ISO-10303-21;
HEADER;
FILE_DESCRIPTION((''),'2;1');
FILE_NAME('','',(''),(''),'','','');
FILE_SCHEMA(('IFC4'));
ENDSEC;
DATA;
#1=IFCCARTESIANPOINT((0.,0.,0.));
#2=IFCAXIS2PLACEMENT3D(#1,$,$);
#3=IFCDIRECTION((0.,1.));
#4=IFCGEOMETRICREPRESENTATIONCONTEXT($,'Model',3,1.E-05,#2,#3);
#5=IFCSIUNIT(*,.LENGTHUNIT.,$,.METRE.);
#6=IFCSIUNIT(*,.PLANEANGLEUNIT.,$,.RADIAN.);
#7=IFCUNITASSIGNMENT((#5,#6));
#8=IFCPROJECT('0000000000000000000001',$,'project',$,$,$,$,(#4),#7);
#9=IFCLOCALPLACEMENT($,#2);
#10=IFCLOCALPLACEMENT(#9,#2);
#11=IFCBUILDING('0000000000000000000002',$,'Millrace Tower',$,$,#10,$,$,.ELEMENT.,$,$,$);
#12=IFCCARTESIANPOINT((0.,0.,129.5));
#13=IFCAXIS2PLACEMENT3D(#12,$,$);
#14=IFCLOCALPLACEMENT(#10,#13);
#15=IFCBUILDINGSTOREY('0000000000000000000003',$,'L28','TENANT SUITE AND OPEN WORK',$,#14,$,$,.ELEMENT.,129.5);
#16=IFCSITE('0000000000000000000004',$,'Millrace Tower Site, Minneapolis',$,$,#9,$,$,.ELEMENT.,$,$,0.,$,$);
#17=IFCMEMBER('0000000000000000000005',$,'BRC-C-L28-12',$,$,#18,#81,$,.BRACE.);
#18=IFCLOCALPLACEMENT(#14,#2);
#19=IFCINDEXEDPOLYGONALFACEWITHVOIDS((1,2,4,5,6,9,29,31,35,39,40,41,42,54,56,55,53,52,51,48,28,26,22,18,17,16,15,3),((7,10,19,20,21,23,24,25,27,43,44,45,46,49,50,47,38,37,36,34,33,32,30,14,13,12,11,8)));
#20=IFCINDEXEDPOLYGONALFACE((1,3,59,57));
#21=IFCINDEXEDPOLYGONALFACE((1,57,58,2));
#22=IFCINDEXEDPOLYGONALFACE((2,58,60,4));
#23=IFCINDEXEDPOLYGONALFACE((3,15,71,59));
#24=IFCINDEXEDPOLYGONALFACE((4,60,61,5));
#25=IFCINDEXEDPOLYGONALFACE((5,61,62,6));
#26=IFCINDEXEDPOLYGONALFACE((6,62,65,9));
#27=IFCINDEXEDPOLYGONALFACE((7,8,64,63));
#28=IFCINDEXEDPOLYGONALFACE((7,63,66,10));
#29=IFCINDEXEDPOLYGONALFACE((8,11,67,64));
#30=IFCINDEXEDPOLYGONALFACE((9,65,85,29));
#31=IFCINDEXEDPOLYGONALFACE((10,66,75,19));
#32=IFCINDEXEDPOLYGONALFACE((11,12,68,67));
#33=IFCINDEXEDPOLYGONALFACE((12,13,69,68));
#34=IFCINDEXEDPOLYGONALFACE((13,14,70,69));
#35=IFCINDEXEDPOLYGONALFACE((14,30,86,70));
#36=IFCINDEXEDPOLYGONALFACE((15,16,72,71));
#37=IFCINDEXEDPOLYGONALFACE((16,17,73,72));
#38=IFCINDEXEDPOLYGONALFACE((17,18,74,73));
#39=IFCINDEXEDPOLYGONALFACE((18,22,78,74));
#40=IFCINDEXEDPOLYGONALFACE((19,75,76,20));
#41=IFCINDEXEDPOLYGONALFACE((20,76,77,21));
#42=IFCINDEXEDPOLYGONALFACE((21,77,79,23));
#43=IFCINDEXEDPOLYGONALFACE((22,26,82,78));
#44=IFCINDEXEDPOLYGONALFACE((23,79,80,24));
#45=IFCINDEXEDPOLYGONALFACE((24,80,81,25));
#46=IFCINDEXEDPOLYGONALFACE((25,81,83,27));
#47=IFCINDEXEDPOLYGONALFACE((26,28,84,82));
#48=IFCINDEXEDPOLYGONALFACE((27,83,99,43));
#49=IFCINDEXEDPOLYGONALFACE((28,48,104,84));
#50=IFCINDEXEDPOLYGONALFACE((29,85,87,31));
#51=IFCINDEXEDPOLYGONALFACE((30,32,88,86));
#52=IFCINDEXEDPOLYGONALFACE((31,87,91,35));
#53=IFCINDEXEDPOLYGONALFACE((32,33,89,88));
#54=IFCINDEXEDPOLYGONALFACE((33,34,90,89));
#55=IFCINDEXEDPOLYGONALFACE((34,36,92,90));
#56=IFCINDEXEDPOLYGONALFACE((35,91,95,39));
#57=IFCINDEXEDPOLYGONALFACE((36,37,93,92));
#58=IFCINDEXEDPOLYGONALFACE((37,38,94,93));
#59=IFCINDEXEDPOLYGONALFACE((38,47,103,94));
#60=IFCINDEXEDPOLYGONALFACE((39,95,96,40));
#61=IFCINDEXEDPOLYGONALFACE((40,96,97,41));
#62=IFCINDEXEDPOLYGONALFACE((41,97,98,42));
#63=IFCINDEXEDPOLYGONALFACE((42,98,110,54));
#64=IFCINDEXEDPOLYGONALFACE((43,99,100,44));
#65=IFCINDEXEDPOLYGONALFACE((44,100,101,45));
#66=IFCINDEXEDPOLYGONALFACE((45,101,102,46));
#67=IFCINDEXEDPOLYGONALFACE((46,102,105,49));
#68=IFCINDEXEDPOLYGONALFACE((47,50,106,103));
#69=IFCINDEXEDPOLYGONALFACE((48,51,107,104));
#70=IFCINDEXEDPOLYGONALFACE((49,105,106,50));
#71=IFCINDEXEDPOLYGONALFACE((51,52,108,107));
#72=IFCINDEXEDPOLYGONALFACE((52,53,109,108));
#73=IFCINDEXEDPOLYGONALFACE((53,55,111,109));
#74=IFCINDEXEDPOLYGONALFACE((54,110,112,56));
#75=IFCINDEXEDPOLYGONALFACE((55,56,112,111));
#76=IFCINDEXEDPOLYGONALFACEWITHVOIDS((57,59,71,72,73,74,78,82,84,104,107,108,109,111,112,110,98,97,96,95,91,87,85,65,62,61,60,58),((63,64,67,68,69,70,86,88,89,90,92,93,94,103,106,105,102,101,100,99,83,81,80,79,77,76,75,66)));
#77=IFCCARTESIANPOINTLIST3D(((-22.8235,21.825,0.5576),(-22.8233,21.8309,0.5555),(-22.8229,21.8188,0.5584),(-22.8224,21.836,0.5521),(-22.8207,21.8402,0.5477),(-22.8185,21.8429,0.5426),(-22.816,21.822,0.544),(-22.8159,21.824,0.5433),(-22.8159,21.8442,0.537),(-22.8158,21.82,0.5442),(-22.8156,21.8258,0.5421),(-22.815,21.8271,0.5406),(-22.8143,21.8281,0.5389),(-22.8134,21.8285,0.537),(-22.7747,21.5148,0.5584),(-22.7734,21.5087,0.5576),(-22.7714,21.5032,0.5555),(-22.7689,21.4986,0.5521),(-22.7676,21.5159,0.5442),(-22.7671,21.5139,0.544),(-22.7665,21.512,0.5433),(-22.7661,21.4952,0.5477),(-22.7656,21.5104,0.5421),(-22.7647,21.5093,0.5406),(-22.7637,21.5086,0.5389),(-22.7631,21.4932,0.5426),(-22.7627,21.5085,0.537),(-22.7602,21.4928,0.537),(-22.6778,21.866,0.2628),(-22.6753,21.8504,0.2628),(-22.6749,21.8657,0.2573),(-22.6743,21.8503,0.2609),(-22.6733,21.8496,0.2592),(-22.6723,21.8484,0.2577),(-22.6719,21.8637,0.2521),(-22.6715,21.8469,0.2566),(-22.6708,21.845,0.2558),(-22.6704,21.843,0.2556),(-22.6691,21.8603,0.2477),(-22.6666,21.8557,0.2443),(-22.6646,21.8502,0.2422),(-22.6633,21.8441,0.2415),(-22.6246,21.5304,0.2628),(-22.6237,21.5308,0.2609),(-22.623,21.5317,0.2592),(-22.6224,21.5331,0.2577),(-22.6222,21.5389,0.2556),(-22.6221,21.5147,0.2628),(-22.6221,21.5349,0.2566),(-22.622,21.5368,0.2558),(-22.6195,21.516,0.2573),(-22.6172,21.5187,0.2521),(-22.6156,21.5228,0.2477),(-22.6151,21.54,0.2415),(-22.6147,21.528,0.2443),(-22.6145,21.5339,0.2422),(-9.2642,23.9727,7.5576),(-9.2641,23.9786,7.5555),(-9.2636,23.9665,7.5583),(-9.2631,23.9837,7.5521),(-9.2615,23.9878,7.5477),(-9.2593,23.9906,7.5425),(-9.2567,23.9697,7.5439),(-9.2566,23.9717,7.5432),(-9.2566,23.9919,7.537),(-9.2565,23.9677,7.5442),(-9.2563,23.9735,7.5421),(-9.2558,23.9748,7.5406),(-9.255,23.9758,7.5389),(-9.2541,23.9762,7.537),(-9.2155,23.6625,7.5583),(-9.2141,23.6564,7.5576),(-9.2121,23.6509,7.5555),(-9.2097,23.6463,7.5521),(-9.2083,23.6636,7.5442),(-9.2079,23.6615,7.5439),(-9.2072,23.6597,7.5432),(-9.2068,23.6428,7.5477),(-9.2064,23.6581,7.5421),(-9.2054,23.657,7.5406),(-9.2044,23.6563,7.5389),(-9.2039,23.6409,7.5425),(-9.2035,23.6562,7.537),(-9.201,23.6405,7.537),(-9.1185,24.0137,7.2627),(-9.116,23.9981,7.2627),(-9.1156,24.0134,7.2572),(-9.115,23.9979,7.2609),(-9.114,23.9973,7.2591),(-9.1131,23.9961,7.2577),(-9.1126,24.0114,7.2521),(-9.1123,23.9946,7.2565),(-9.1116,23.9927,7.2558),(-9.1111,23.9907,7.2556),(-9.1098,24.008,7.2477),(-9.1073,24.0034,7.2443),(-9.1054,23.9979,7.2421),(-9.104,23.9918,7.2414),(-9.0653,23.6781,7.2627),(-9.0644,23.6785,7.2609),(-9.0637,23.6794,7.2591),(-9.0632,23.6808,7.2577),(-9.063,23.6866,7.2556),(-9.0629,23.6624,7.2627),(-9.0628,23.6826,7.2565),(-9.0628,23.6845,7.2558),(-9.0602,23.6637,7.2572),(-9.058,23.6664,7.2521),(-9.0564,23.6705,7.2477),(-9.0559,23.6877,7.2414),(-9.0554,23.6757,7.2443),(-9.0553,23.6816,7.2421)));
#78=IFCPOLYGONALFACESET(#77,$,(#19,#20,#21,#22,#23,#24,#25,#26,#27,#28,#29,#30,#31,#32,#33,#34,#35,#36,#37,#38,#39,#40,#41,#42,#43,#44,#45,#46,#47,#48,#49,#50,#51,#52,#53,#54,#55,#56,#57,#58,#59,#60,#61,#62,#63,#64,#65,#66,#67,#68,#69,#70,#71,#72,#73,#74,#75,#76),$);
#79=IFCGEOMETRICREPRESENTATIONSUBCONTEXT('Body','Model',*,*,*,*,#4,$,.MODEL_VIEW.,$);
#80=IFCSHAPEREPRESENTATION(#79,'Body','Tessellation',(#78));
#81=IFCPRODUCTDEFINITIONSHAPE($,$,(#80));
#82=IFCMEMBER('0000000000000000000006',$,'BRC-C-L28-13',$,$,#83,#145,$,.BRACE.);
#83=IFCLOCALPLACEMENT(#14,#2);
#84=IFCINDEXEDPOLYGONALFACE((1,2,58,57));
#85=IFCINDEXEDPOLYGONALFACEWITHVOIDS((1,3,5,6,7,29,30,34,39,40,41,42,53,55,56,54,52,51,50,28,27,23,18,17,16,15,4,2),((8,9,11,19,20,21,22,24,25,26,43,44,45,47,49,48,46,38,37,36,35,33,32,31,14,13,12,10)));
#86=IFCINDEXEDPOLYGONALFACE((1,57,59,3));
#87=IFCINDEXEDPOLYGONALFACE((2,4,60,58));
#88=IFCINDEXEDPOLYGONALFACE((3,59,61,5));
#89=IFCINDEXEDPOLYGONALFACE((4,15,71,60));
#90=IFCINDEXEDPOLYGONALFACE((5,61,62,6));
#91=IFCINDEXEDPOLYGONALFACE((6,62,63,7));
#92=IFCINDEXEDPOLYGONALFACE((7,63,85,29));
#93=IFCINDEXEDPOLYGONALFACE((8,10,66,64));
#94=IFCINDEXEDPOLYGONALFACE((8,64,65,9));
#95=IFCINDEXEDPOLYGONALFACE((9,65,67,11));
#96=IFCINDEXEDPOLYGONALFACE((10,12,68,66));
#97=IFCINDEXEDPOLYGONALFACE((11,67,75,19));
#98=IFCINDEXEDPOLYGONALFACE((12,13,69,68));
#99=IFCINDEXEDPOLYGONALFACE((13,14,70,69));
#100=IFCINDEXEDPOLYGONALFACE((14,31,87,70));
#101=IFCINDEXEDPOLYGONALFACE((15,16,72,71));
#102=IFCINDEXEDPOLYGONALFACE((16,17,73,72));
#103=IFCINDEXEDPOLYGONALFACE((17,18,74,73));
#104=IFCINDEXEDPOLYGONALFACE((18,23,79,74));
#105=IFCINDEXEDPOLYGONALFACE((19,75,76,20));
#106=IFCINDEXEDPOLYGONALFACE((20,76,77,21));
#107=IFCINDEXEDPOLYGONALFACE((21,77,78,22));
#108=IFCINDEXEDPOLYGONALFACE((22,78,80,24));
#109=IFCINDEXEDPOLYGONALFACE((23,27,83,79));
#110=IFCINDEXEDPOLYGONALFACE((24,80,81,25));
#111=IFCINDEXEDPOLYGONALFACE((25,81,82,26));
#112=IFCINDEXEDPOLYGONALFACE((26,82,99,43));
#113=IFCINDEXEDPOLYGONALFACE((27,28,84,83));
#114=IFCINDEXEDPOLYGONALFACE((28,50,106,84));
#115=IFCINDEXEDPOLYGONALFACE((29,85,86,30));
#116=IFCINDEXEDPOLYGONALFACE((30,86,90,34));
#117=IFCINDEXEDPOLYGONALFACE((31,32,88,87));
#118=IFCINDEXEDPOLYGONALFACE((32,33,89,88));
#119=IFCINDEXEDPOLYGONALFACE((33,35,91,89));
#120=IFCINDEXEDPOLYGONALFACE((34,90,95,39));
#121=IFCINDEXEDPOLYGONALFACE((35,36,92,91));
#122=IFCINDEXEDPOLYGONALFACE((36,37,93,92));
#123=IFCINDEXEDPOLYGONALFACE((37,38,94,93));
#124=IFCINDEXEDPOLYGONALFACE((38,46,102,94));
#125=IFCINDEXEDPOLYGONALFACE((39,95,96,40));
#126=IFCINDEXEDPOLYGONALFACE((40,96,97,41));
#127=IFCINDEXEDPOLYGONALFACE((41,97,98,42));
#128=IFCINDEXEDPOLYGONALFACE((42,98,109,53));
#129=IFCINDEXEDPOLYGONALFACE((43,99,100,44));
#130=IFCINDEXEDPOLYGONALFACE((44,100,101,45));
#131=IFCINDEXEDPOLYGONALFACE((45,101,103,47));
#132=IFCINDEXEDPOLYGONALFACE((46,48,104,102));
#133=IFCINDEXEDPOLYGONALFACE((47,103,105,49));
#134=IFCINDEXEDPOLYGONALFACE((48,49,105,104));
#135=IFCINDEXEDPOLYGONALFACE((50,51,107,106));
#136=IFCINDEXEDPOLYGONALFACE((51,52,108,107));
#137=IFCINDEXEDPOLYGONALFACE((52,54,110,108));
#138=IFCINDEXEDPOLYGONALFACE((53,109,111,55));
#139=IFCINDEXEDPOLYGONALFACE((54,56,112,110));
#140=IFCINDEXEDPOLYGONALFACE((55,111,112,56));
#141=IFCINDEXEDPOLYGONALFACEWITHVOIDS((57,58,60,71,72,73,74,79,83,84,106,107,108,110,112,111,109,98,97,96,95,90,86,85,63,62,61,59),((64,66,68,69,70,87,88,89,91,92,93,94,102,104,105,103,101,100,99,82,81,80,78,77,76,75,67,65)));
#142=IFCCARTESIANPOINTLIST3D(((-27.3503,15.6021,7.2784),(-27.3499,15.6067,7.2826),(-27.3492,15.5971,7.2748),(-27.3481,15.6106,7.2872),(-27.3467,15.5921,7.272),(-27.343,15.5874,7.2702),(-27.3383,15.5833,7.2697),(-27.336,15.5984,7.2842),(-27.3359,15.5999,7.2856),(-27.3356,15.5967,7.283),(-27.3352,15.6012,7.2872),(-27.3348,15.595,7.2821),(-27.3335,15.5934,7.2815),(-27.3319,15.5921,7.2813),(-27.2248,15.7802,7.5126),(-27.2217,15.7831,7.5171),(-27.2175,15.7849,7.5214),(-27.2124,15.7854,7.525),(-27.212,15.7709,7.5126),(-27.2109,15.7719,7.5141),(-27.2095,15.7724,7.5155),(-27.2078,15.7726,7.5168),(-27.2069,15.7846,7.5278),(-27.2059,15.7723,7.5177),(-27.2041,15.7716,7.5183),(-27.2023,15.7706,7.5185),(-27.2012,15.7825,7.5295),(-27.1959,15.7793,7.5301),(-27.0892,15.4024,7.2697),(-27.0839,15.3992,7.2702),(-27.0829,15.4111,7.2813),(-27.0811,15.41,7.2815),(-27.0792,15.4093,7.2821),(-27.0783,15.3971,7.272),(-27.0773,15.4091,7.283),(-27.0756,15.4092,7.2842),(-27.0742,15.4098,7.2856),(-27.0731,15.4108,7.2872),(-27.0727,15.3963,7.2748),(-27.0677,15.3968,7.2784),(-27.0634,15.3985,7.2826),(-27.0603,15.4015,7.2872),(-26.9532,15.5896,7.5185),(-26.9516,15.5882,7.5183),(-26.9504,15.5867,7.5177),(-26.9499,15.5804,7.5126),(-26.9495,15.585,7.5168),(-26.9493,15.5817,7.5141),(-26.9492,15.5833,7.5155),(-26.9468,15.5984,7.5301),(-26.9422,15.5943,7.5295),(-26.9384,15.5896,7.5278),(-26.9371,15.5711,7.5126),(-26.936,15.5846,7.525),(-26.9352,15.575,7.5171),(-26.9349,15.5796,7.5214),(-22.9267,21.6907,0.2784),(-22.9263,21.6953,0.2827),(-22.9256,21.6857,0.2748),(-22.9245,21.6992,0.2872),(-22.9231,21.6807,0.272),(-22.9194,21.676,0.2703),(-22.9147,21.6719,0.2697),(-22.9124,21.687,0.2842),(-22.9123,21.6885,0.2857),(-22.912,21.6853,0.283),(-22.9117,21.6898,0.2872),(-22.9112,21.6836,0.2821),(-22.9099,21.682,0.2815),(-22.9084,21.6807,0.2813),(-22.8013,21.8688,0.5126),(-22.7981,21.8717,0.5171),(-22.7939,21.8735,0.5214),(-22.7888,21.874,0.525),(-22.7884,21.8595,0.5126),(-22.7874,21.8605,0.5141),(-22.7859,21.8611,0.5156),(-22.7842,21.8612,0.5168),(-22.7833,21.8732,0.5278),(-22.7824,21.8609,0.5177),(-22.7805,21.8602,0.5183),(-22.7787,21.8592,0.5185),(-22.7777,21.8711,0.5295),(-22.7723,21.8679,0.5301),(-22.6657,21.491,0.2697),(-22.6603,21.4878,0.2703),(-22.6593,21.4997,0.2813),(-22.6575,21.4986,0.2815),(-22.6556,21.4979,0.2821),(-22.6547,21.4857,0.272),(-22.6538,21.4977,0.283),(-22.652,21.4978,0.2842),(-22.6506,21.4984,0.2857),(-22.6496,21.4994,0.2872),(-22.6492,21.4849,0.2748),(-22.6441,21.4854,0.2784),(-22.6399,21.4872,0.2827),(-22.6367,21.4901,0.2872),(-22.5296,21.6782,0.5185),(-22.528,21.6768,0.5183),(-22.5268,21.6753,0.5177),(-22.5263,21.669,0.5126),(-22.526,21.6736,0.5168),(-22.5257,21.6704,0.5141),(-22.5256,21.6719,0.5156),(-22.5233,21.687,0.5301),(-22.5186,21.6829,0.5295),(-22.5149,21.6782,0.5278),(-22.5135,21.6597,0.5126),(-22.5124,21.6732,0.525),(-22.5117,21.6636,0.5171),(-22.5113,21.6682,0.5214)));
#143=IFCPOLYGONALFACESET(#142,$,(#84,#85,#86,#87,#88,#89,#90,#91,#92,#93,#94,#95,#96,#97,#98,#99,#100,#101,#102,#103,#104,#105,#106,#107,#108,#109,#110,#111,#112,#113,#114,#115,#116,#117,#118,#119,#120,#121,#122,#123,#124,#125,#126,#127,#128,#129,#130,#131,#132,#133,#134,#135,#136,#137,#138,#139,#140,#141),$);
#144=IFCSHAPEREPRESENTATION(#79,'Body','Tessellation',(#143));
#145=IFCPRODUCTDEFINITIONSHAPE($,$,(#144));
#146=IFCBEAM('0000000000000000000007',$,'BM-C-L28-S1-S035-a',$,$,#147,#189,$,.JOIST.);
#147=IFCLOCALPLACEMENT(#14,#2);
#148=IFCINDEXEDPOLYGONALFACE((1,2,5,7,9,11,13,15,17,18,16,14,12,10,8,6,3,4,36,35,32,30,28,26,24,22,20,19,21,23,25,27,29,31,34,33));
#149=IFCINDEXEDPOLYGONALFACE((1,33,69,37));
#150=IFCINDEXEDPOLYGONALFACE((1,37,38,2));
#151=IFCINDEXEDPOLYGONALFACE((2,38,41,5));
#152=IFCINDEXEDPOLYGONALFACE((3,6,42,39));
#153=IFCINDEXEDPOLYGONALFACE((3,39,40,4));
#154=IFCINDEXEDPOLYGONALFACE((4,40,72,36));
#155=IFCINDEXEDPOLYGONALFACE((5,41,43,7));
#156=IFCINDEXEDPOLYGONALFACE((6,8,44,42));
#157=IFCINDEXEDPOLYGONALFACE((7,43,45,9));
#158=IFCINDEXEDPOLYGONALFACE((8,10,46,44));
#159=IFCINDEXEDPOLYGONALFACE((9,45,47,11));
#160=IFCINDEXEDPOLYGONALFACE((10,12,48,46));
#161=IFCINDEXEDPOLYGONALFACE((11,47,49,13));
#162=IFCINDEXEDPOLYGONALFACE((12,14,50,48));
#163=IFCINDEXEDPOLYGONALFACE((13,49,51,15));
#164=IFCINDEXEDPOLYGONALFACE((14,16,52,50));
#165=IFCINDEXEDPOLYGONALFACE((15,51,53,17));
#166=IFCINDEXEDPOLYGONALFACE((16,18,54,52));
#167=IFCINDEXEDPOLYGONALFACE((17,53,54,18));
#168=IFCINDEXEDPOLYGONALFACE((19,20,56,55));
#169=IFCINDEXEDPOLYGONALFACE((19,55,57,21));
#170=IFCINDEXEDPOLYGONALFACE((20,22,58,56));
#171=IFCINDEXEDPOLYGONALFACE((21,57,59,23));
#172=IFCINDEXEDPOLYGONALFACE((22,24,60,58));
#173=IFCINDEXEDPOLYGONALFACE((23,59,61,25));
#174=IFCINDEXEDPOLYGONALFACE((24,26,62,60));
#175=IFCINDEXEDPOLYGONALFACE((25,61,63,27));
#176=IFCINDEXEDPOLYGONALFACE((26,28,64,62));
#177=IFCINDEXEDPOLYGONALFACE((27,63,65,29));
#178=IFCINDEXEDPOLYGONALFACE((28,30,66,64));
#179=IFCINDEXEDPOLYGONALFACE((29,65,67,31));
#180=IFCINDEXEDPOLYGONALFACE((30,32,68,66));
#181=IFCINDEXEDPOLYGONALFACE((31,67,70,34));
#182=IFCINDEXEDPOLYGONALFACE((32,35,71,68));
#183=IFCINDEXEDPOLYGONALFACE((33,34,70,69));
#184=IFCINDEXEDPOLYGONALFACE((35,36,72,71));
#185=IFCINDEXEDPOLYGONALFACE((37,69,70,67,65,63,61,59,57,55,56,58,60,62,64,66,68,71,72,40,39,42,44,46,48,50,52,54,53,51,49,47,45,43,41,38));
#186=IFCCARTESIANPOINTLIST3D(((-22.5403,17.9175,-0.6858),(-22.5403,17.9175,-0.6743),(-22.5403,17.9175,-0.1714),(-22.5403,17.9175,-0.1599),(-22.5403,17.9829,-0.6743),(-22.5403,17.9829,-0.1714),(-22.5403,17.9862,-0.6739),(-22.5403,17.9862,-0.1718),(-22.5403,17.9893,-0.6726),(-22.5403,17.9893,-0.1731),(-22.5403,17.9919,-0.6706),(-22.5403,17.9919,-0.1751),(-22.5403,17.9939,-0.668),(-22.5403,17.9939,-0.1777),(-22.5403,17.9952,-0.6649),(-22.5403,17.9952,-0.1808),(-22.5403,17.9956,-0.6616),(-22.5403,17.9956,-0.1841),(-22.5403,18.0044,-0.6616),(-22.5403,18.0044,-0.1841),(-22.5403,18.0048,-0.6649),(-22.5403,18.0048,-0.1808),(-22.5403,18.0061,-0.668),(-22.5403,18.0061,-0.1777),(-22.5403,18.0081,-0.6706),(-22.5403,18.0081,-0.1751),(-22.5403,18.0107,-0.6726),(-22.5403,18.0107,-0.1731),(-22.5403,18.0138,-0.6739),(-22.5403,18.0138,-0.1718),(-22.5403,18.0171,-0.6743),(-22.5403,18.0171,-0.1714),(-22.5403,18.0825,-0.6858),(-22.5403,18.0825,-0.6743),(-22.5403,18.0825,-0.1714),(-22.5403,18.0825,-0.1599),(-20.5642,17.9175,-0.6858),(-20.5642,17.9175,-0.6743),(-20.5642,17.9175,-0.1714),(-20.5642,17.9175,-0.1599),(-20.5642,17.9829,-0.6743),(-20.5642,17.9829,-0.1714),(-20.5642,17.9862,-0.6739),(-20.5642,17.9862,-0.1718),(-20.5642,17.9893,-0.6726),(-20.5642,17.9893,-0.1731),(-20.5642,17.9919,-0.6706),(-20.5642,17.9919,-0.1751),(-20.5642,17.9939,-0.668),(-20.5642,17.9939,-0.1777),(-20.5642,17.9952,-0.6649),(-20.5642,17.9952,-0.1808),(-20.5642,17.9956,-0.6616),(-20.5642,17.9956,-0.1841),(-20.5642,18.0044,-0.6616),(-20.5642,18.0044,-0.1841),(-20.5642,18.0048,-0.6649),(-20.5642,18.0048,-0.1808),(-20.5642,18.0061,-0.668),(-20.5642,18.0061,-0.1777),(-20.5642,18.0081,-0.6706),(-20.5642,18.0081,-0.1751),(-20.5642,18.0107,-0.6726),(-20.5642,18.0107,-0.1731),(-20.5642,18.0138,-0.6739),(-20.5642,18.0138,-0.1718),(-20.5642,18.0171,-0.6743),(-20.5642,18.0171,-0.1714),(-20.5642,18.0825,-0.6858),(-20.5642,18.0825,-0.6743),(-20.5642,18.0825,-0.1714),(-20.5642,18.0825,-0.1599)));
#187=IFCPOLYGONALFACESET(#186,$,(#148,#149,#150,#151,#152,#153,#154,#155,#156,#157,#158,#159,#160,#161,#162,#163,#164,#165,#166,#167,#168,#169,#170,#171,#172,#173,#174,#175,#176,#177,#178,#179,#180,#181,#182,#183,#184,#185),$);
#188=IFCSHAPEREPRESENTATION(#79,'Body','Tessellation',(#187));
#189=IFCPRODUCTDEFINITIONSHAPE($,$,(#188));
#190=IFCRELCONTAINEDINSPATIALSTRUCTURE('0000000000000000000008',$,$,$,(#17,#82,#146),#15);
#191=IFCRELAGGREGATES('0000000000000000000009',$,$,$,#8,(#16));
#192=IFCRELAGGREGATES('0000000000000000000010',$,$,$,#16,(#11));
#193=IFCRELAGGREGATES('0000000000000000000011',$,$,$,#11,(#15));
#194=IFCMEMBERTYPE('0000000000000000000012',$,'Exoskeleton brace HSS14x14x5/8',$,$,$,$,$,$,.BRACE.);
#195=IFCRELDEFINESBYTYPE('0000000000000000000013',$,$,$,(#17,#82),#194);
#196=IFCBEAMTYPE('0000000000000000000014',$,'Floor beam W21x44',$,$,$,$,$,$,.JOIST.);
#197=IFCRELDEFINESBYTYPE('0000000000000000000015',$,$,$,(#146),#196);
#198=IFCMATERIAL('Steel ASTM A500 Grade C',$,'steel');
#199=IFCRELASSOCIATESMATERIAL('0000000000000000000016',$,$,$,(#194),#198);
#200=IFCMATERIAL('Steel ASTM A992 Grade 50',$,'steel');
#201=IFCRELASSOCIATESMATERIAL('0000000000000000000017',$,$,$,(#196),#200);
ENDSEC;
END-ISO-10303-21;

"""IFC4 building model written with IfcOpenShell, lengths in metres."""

from ifc_helpers import new_model, si_unit, direction, frame, origin, origin_2d, place, context, subcontext, project, spatial, hollow_rectangle, i_section, extrude, material, material_profile, profile_set, type_object, element, save


model = new_model("IFC4")

# Units and contexts
model_context = context("Model", 3, precision=1e-05, world=origin(), true_north=direction((0.0, 1.0)))
body_context = subcontext(model_context, "Body", "Model", "MODEL_VIEW")
ifc_project = project(units=[si_unit("LENGTHUNIT", "METRE"), si_unit("PLANEANGLEUNIT", "RADIAN")], contexts=[model_context])

# Site, building, storey
site_placement = place(None, origin())
site = spatial("IfcSite", under=ifc_project, at=site_placement, Name="Millrace Tower Site, Minneapolis", CompositionType="ELEMENT", RefElevation=0.0)
building_placement = place(site_placement, origin())
building = spatial("IfcBuilding", under=site, at=building_placement, Name="Millrace Tower", CompositionType="ELEMENT")
storey_placement = place(building_placement, frame((0.0, 0.0, 129.5)))
storey = spatial("IfcBuildingStorey", under=building, at=storey_placement, Name="L28", Description="TENANT SUITE AND OPEN WORK", CompositionType="ELEMENT", Elevation=129.5)

# Members
ifc_material_1 = material(Name="Steel ASTM A500 Grade C", Category="steel")
ifc_material_profile_1 = material_profile(ifc_material_1, hollow_rectangle(XDim=0.3557, YDim=0.3557, WallThickness=0.0159, InnerFilletRadius=0.0081, OuterFilletRadius=0.0239, at=origin_2d()))
ifc_profile_set_1 = profile_set([ifc_material_profile_1], Name="Steel ASTM A500 Grade C")
member_type_1 = type_object("IfcMemberType", Name="Exoskeleton brace HSS14x14x5/8", PredefinedType="BRACE", material=ifc_profile_set_1)
member_1_placement = place(storey_placement, frame((-22.719, 21.6794, 0.3999), z_axis=(0.879905, 0.139371, 0.454251), x_axis=(-0.156443, 0.987687, 0.0)))
element("IfcMember", 1, at=member_1_placement, inside=storey, type_object=member_type_1, Name="BRC-C-L28-12", PredefinedType="BRACE", context=body_context, shape_type="SweptSolid", body=[
    extrude(hollow_rectangle(XDim=0.3557, YDim=0.3557, WallThickness=0.0159, InnerFilletRadius=0.0081, OuterFilletRadius=0.0239, at=origin_2d()), origin(), (0.0, 0.0, 1.0), 15.4099),
])
member_2_placement = place(storey_placement, frame((-22.719, 21.6794, 0.3999), z_axis=(-0.430389, -0.592388, 0.681059), x_axis=(0.809021, -0.58778, 0.0)))
element("IfcMember", 2, at=member_2_placement, inside=storey, type_object=member_type_1, Name="BRC-C-L28-13", PredefinedType="BRACE", context=body_context, shape_type="SweptSolid", body=[
    extrude(hollow_rectangle(XDim=0.3557, YDim=0.3557, WallThickness=0.0159, InnerFilletRadius=0.0081, OuterFilletRadius=0.0239, at=origin_2d()), origin(), (0.0, 0.0, 1.0), 10.2781),
])

# Beam
ifc_material_2 = material(Name="Steel ASTM A992 Grade 50", Category="steel")
ifc_material_profile_2 = material_profile(ifc_material_2, i_section(OverallWidth=0.165, OverallDepth=0.5259, WebThickness=0.0088, FlangeThickness=0.0115, FilletRadius=0.0127, at=origin_2d()))
ifc_profile_set_2 = profile_set([ifc_material_profile_2], Name="Steel ASTM A992 Grade 50")
beam_type_1 = type_object("IfcBeamType", Name="Floor beam W21x44", PredefinedType="JOIST", material=ifc_profile_set_2)
beam_1_placement = place(storey_placement, frame((-22.5403, 18.0, -0.4229), z_axis=(1.0, 0.0, 0.0), x_axis=(0.0, 1.0, 0.0)))
element("IfcBeam", 3, at=beam_1_placement, inside=storey, type_object=beam_type_1, Name="BM-C-L28-S1-S035-a", PredefinedType="JOIST", context=body_context, shape_type="SweptSolid", body=[
    extrude(i_section(OverallWidth=0.165, OverallDepth=0.5259, WebThickness=0.0088, FlangeThickness=0.0115, FilletRadius=0.0127, at=origin_2d()), origin(), (0.0, 0.0, 1.0), 1.9761),
])

save(model, "model.ifc")
